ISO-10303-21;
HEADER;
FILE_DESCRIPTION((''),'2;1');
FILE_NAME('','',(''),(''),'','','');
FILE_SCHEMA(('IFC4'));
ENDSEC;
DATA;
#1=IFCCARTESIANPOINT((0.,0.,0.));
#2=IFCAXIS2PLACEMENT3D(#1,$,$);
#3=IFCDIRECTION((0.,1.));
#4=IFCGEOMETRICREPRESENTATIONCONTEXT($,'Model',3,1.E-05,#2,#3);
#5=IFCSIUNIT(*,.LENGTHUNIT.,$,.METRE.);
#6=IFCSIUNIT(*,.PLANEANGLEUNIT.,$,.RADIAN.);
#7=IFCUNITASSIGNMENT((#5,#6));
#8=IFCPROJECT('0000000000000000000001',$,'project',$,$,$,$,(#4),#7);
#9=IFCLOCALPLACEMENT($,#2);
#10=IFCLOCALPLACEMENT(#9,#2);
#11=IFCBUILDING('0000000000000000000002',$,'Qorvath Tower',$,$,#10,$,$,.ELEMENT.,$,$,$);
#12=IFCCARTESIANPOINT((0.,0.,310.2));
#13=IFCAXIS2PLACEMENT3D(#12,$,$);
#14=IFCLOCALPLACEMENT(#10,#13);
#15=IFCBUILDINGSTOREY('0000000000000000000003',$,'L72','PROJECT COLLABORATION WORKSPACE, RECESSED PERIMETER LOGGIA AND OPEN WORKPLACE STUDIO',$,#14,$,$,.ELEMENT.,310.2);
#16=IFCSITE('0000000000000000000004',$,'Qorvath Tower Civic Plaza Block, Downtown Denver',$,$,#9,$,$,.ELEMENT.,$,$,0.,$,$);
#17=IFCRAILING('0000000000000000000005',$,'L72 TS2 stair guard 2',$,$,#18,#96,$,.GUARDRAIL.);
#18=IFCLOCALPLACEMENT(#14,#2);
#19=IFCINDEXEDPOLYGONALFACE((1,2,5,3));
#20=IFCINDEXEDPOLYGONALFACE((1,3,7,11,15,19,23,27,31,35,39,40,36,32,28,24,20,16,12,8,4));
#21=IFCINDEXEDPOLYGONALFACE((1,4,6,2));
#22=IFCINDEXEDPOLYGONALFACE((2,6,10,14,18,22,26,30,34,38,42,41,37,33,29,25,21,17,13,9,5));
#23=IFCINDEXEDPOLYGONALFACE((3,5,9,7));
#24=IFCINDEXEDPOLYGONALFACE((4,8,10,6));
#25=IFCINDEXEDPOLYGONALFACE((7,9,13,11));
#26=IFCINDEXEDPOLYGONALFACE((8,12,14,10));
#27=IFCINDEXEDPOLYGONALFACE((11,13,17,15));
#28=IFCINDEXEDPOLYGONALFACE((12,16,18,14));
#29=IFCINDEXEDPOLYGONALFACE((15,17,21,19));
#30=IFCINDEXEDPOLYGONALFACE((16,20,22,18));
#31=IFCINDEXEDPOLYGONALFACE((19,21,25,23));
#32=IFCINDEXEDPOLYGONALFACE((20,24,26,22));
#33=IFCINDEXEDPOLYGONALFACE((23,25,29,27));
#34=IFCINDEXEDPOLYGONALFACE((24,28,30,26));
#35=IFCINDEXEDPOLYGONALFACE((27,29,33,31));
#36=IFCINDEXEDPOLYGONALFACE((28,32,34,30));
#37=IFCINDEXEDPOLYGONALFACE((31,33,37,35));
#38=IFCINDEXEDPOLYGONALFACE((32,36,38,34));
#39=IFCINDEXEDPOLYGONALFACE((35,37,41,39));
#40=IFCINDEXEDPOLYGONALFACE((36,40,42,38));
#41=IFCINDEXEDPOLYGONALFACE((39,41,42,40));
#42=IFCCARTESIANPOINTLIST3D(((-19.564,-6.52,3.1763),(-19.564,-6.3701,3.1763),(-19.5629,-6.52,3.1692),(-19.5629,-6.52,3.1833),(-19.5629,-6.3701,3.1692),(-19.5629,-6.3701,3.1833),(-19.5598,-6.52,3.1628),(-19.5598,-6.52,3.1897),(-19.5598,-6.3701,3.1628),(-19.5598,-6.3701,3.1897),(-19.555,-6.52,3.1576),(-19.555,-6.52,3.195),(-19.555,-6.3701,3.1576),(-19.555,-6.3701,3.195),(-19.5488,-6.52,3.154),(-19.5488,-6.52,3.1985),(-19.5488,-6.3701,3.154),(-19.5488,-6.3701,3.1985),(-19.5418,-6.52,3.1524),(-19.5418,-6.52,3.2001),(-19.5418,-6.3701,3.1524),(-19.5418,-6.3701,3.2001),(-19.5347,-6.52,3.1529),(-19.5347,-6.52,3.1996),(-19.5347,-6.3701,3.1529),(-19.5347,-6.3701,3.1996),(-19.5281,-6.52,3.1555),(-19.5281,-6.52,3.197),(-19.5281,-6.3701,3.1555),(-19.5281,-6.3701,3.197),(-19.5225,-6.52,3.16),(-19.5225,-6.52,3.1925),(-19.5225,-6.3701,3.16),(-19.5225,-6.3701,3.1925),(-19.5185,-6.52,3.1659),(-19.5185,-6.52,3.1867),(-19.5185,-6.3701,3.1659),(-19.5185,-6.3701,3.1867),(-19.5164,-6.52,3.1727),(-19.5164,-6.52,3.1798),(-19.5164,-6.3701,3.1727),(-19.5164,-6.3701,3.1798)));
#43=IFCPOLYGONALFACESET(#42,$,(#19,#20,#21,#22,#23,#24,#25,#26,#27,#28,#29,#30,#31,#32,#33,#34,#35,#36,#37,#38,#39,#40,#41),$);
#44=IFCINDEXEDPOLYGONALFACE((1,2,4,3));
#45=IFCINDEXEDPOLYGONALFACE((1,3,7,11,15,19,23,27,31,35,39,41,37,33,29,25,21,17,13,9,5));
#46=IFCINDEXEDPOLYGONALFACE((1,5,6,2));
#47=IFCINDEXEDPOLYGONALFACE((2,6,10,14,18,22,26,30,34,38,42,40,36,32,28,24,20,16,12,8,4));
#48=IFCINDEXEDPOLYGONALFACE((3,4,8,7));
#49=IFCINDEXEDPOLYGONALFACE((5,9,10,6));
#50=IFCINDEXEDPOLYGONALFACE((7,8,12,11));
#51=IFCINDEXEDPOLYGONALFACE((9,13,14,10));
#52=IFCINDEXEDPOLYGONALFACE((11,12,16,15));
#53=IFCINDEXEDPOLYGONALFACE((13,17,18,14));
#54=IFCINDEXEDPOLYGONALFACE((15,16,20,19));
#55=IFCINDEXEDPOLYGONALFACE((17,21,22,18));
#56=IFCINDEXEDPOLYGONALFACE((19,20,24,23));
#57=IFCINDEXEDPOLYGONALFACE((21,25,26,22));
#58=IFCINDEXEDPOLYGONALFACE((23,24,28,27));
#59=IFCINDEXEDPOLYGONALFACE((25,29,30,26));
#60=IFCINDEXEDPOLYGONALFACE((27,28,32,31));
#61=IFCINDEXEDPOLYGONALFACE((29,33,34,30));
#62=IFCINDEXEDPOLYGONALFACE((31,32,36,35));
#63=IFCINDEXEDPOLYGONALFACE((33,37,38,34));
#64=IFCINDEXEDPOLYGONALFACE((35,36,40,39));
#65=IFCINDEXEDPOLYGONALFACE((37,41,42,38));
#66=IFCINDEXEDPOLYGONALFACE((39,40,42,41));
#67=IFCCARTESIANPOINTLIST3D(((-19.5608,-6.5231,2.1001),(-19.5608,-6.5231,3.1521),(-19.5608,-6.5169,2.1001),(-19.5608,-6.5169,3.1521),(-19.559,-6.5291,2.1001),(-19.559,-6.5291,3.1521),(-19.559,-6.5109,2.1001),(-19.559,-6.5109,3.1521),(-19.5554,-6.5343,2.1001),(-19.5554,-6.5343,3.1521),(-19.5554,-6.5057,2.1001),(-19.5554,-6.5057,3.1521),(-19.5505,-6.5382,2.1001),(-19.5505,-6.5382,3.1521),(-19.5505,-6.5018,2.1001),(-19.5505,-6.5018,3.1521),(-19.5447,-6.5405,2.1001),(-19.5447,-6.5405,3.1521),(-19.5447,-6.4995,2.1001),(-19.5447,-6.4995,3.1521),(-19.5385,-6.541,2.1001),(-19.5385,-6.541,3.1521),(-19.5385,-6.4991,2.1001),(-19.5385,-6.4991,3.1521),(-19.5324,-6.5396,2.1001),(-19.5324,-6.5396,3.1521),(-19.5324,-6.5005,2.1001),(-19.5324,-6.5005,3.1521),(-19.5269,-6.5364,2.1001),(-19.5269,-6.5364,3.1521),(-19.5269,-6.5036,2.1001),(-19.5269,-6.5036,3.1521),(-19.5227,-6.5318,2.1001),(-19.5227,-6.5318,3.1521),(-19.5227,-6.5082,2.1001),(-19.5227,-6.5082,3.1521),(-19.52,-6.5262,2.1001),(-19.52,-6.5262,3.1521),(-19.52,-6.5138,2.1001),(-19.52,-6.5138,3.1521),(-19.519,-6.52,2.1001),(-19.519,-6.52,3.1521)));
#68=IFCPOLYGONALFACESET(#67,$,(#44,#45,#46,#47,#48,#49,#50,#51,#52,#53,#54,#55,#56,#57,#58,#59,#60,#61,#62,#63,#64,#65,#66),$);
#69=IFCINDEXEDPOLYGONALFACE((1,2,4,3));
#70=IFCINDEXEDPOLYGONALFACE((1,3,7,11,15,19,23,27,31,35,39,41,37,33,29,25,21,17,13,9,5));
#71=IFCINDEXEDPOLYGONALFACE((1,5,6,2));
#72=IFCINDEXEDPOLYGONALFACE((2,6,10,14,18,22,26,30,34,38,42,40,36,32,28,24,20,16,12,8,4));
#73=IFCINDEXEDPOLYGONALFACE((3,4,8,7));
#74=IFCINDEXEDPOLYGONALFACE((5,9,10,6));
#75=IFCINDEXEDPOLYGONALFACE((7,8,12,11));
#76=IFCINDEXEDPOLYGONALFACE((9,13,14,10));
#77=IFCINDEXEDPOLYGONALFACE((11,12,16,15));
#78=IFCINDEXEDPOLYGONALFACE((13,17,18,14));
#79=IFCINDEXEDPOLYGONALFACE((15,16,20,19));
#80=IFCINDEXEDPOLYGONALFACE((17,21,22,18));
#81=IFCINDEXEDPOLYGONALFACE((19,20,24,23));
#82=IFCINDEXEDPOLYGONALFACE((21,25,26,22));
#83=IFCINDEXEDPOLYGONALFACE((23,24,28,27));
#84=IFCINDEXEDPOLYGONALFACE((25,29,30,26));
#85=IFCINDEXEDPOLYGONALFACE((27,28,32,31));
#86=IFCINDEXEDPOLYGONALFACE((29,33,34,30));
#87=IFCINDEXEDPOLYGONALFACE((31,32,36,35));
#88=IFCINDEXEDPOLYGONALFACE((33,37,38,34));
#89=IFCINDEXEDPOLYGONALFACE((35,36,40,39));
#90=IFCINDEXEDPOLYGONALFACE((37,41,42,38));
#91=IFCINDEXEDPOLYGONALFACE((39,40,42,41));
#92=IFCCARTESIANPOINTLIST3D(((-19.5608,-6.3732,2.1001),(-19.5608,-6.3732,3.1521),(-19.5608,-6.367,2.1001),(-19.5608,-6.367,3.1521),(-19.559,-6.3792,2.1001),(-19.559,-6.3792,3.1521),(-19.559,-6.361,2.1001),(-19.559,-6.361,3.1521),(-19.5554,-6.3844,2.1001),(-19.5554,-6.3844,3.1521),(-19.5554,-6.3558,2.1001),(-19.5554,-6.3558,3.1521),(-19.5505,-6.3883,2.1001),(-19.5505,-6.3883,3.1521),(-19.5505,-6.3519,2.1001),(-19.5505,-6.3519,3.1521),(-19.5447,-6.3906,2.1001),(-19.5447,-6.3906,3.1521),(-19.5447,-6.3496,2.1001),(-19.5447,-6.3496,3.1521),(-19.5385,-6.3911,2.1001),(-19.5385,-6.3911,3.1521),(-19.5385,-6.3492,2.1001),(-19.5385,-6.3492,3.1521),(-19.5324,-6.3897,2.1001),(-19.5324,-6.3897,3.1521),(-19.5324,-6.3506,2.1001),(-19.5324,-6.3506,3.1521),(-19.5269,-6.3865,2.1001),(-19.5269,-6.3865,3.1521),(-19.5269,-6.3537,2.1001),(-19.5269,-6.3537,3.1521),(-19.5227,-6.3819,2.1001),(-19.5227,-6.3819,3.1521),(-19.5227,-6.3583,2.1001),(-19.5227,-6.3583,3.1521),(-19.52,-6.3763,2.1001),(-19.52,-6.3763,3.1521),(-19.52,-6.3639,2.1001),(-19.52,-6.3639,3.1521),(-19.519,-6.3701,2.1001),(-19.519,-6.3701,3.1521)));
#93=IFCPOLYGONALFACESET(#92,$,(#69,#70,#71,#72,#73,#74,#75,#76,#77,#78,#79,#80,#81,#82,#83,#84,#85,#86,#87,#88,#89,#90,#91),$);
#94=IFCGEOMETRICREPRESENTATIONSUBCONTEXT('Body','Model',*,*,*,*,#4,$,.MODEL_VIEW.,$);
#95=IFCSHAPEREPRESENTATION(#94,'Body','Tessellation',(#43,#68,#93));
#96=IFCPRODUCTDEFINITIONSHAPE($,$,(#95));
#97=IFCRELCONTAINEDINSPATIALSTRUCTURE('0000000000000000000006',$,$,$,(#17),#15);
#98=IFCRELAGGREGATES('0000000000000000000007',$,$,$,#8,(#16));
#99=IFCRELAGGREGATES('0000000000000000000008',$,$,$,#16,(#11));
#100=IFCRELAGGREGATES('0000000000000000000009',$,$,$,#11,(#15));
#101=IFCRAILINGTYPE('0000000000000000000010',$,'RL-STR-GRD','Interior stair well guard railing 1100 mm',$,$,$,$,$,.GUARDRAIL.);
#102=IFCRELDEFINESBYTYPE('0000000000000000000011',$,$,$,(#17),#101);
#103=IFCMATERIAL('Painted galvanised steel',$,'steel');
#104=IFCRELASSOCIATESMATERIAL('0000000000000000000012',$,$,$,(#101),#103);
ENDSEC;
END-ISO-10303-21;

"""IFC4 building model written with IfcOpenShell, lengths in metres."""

from ifc_helpers import new_model, si_unit, direction, frame, origin, origin_2d, place, context, subcontext, project, spatial, circle, extrude, material, type_object, element, save


model = new_model("IFC4")

# Units and contexts
model_context = context("Model", 3, precision=1e-05, world=origin(), true_north=direction((0.0, 1.0)))
body_context = subcontext(model_context, "Body", "Model", "MODEL_VIEW")
ifc_project = project(units=[si_unit("LENGTHUNIT", "METRE"), si_unit("PLANEANGLEUNIT", "RADIAN")], contexts=[model_context])

# Site, building, storey
site_placement = place(None, origin())
site = spatial("IfcSite", under=ifc_project, at=site_placement, Name="Qorvath Tower Civic Plaza Block, Downtown Denver", CompositionType="ELEMENT", RefElevation=0.0)
building_placement = place(site_placement, origin())
building = spatial("IfcBuilding", under=site, at=building_placement, Name="Qorvath Tower", CompositionType="ELEMENT")
storey_placement = place(building_placement, frame((0.0, 0.0, 310.2)))
storey = spatial("IfcBuildingStorey", under=building, at=storey_placement, Name="L72", Description="PROJECT COLLABORATION WORKSPACE, RECESSED PERIMETER LOGGIA AND OPEN WORKPLACE STUDIO", CompositionType="ELEMENT", Elevation=310.2)

# Railing
ifc_material_1 = material(Name="Painted galvanised steel", Category="steel")
railing_type = type_object("IfcRailingType", Name="RL-STR-GRD", Description="Interior stair well guard railing 1100 mm", PredefinedType="GUARDRAIL", material=ifc_material_1)
railing_1_placement = place(storey_placement, frame((-19.54, -6.52, 2.1001)))
element("IfcRailing", 1, at=railing_1_placement, inside=storey, type_object=railing_type, Name="L72 TS2 stair guard 2", PredefinedType="GUARDRAIL", context=body_context, shape_type="SweptSolid", body=[
    extrude(circle(Radius=0.0239, at=origin_2d()), frame((0.0, 0.0, 1.0762), z_axis=(0.0, 1.0, 0.0), x_axis=(-1.0, 0.0, 0.0)), (0.0, 0.0, 1.0), 0.1499),
    extrude(circle(Radius=0.021, at=origin_2d()), origin(), (0.0, 0.0, 1.0), 1.052),
    extrude(circle(Radius=0.021, at=origin_2d()), frame((0.0, 0.1499, 0.0)), (0.0, 0.0, 1.0), 1.052),
])

save(model, "model.ifc")
